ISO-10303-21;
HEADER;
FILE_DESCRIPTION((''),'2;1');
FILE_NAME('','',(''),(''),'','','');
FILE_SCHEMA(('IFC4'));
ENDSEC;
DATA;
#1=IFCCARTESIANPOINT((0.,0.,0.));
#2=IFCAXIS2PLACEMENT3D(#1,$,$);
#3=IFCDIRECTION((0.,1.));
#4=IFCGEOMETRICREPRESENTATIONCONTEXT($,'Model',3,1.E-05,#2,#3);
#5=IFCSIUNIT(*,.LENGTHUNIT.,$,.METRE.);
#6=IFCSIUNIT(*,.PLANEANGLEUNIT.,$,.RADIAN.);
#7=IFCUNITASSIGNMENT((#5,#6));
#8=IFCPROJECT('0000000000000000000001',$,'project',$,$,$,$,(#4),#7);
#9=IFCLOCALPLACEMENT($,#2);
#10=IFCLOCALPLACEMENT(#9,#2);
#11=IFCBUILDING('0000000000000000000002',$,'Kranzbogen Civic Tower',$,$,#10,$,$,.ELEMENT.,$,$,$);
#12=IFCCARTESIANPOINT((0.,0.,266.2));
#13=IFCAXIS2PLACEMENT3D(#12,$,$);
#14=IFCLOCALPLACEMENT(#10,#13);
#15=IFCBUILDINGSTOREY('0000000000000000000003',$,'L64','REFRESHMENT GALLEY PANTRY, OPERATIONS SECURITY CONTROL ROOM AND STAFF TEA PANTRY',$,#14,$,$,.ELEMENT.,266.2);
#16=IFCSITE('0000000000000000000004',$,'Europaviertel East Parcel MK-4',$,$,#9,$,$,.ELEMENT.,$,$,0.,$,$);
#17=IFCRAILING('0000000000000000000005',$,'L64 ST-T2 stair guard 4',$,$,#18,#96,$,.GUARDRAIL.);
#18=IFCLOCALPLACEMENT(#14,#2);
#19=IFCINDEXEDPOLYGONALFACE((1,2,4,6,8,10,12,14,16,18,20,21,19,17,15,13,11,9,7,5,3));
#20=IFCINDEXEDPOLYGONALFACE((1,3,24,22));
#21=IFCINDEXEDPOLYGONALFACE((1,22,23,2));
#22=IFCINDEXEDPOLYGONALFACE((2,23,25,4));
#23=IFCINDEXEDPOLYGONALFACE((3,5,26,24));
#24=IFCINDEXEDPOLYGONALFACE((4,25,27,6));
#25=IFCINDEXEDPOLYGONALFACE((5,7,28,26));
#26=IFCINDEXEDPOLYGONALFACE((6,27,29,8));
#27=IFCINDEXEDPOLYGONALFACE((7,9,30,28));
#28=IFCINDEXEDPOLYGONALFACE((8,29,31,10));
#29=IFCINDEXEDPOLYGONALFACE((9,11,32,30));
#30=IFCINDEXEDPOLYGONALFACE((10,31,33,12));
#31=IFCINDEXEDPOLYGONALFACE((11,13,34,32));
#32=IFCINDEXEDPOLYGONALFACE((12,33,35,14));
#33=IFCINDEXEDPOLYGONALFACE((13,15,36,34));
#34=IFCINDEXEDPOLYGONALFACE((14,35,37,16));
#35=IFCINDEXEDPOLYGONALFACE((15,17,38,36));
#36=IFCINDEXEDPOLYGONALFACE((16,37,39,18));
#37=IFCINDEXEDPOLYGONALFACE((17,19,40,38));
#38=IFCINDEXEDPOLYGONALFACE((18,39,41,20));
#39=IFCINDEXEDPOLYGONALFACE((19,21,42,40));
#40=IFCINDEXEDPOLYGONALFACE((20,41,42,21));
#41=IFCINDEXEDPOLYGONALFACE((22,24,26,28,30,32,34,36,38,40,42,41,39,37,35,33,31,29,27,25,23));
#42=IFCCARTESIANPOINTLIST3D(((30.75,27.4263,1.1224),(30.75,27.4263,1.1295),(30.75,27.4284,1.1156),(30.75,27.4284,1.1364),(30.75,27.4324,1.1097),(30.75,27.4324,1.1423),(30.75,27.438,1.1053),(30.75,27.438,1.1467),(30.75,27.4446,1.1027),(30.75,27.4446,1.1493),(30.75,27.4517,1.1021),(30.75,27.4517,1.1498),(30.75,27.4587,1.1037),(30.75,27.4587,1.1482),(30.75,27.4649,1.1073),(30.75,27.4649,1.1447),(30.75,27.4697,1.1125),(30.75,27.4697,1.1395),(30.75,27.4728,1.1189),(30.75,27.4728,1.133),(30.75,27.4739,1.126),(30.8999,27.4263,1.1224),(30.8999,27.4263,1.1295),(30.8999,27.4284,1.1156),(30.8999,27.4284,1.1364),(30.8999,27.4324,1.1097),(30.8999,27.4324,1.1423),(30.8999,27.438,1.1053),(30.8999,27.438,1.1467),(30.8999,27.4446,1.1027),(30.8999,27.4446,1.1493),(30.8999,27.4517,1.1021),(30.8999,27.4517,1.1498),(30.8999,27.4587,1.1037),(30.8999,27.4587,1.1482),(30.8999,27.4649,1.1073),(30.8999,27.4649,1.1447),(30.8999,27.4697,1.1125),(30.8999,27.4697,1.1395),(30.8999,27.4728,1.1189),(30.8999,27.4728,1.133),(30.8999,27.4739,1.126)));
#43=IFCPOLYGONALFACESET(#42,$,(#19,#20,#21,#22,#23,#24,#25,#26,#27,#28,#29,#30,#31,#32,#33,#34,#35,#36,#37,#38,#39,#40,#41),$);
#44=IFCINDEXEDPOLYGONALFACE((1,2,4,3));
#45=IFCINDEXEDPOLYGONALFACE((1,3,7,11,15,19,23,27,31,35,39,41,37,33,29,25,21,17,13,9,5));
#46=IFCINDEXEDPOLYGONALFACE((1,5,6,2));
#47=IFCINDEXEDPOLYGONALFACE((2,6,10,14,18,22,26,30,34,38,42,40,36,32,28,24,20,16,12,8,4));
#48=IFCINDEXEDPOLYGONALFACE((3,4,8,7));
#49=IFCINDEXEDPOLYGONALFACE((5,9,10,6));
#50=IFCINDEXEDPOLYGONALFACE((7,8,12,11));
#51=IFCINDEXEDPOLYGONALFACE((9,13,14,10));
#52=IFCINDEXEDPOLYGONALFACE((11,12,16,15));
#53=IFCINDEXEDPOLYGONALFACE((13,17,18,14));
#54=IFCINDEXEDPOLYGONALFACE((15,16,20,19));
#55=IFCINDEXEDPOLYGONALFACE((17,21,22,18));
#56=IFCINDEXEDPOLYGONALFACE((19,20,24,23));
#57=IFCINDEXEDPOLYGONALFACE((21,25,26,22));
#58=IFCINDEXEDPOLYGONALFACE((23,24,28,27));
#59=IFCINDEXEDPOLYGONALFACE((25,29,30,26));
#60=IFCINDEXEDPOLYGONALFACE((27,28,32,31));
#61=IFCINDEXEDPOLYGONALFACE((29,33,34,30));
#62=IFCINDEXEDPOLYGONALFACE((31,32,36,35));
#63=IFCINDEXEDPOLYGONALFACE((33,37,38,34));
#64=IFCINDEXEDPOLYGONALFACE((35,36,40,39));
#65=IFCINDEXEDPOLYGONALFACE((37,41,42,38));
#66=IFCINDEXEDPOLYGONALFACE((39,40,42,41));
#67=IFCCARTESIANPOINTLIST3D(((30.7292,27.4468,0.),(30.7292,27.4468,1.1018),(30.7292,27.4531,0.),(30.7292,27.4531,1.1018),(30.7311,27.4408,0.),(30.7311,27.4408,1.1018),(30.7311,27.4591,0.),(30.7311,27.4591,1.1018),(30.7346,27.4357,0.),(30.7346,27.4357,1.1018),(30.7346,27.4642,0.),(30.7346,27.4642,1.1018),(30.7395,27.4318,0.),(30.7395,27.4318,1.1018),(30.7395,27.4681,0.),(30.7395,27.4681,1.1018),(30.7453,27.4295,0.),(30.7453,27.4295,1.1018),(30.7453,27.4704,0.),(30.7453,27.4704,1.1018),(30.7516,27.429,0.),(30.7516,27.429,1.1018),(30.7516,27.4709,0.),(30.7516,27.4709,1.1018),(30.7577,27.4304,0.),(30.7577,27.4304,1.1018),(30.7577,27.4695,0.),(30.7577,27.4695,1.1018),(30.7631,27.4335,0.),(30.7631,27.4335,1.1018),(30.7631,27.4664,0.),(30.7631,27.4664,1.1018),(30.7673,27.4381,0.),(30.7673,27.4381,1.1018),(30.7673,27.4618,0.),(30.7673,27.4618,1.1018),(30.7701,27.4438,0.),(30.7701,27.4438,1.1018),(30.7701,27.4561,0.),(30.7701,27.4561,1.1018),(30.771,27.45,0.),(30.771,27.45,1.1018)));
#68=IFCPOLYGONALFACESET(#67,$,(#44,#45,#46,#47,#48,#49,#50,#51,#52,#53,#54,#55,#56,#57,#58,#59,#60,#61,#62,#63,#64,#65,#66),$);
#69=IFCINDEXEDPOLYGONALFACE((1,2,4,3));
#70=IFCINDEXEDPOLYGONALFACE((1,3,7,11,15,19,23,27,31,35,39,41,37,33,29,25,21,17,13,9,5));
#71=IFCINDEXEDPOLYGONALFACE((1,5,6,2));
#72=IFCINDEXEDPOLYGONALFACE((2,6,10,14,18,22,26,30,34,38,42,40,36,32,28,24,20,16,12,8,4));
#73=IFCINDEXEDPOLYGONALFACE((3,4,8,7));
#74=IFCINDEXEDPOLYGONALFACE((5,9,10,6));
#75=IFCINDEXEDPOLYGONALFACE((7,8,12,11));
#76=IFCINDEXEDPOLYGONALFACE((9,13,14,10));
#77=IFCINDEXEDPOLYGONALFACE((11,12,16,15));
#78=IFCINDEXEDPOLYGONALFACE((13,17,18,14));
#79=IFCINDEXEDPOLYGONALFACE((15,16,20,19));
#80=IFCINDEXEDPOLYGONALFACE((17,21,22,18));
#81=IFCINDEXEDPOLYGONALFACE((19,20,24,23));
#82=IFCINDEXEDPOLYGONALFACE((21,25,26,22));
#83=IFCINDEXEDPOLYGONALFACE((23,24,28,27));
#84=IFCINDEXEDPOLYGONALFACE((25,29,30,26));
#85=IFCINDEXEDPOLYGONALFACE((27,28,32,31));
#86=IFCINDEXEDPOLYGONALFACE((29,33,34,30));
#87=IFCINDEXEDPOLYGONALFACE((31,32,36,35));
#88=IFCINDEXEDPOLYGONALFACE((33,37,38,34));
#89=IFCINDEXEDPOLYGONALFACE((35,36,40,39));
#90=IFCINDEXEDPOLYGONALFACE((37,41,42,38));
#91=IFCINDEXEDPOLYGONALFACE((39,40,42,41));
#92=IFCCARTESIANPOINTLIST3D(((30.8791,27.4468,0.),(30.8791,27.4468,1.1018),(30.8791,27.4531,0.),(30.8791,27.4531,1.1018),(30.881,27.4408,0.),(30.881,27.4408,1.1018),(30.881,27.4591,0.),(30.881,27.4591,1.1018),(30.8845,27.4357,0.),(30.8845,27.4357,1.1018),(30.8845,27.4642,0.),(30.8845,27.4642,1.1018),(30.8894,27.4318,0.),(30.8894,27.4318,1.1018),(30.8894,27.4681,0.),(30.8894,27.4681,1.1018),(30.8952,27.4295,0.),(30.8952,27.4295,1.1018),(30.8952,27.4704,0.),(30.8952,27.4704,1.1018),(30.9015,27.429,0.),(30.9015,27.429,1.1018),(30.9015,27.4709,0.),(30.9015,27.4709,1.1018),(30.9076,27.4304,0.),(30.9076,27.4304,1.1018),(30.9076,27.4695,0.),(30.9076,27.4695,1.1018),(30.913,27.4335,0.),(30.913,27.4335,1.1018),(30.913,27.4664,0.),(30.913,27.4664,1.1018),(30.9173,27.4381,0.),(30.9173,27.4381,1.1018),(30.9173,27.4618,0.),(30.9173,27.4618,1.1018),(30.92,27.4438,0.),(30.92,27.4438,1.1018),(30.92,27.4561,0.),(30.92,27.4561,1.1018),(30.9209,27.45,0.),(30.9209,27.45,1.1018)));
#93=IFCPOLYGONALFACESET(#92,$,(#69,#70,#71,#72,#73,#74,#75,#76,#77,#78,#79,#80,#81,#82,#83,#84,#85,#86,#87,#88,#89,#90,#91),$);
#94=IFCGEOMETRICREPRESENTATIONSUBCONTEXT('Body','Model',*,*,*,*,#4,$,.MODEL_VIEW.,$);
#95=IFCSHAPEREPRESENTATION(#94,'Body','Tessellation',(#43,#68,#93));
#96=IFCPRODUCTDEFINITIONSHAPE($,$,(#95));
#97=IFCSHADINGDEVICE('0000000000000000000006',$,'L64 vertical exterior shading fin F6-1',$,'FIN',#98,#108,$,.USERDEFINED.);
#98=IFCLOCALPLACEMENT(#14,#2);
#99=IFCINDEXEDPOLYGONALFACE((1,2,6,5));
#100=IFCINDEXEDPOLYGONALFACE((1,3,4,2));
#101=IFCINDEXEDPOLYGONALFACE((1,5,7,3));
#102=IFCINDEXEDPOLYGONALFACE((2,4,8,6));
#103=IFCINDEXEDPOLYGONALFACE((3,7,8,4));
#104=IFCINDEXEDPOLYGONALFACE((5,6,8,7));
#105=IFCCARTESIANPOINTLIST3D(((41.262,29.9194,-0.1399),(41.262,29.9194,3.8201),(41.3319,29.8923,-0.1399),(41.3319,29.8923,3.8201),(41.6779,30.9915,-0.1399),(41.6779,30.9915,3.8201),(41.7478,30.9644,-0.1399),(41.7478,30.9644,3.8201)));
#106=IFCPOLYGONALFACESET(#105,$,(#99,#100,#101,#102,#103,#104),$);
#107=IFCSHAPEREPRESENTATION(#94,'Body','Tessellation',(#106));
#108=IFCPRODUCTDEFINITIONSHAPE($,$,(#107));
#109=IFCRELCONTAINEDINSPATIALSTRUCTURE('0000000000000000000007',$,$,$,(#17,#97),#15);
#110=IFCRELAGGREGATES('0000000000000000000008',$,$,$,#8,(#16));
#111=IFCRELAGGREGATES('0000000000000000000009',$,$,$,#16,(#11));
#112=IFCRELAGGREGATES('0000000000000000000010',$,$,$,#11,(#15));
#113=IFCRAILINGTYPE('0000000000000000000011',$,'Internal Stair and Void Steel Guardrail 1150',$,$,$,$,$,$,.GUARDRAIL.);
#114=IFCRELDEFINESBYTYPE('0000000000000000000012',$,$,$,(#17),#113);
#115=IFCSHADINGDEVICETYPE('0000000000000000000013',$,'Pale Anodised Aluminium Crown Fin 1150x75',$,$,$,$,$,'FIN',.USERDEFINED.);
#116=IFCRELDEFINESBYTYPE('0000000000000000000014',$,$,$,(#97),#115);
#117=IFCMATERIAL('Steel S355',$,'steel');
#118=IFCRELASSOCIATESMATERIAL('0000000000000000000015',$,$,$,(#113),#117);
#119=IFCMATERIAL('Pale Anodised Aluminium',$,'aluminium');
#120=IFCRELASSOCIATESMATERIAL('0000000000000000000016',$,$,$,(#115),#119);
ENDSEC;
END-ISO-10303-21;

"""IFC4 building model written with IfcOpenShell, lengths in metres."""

from ifc_helpers import new_model, si_unit, direction, frame, origin, origin_2d, place, context, subcontext, project, spatial, rectangle, circle, extrude, material, type_object, element, save


model = new_model("IFC4")

# Units and contexts
model_context = context("Model", 3, precision=1e-05, world=origin(), true_north=direction((0.0, 1.0)))
body_context = subcontext(model_context, "Body", "Model", "MODEL_VIEW")
ifc_project = project(units=[si_unit("LENGTHUNIT", "METRE"), si_unit("PLANEANGLEUNIT", "RADIAN")], contexts=[model_context])

# Site, building, storey
site_placement = place(None, origin())
site = spatial("IfcSite", under=ifc_project, at=site_placement, Name="Europaviertel East Parcel MK-4", CompositionType="ELEMENT", RefElevation=0.0)
building_placement = place(site_placement, origin())
building = spatial("IfcBuilding", under=site, at=building_placement, Name="Kranzbogen Civic Tower", CompositionType="ELEMENT")
storey_placement = place(building_placement, frame((0.0, 0.0, 266.2)))
storey = spatial("IfcBuildingStorey", under=building, at=storey_placement, Name="L64", Description="REFRESHMENT GALLEY PANTRY, OPERATIONS SECURITY CONTROL ROOM AND STAFF TEA PANTRY", CompositionType="ELEMENT", Elevation=266.2)

# Shared definitions
ifc_material_1 = material(Name="Steel S355", Category="steel")

# Shared definitions
ifc_material_2 = material(Name="Pale Anodised Aluminium", Category="aluminium")

# Railing
railing_type_1 = type_object("IfcRailingType", Name="Internal Stair and Void Steel Guardrail 1150", PredefinedType="GUARDRAIL", material=ifc_material_1)
railing_1_placement = place(storey_placement, frame((30.75, 27.45, 0.0)))
element("IfcRailing", 1, at=railing_1_placement, inside=storey, type_object=railing_type_1, Name="L64 ST-T2 stair guard 4", PredefinedType="GUARDRAIL", context=body_context, shape_type="SweptSolid", body=[
    extrude(circle(Radius=0.0239, at=origin_2d()), frame((0.0, 0.0, 1.126), z_axis=(1.0, 0.0, 0.0), x_axis=(0.0, 1.0, 0.0)), (0.0, 0.0, 1.0), 0.1499),
    extrude(circle(Radius=0.021, at=origin_2d()), origin(), (0.0, 0.0, 1.0), 1.1018),
    extrude(circle(Radius=0.021, at=origin_2d()), frame((0.1499, 0.0, 0.0)), (0.0, 0.0, 1.0), 1.1018),
])

# Shading device
shading_device_type = type_object("IfcShadingDeviceType", Name="Pale Anodised Aluminium Crown Fin 1150x75", ElementType="FIN", PredefinedType="USERDEFINED", material=ifc_material_2)
shading_device_placement = place(storey_placement, frame((41.5049, 30.4419, -0.1399), z_axis=(0.0, 0.0, 1.0), x_axis=(0.361706, 0.932292, 0.0)))
element("IfcShadingDevice", 2, at=shading_device_placement, inside=storey, type_object=shading_device_type, Name="L64 vertical exterior shading fin F6-1", ObjectType="FIN", PredefinedType="USERDEFINED", context=body_context, shape_type="SweptSolid", body=[
    extrude(rectangle(XDim=1.1499, YDim=0.075, at=origin_2d()), origin(), (0.0, 0.0, 1.0), 3.96),
])

save(model, "model.ifc")
